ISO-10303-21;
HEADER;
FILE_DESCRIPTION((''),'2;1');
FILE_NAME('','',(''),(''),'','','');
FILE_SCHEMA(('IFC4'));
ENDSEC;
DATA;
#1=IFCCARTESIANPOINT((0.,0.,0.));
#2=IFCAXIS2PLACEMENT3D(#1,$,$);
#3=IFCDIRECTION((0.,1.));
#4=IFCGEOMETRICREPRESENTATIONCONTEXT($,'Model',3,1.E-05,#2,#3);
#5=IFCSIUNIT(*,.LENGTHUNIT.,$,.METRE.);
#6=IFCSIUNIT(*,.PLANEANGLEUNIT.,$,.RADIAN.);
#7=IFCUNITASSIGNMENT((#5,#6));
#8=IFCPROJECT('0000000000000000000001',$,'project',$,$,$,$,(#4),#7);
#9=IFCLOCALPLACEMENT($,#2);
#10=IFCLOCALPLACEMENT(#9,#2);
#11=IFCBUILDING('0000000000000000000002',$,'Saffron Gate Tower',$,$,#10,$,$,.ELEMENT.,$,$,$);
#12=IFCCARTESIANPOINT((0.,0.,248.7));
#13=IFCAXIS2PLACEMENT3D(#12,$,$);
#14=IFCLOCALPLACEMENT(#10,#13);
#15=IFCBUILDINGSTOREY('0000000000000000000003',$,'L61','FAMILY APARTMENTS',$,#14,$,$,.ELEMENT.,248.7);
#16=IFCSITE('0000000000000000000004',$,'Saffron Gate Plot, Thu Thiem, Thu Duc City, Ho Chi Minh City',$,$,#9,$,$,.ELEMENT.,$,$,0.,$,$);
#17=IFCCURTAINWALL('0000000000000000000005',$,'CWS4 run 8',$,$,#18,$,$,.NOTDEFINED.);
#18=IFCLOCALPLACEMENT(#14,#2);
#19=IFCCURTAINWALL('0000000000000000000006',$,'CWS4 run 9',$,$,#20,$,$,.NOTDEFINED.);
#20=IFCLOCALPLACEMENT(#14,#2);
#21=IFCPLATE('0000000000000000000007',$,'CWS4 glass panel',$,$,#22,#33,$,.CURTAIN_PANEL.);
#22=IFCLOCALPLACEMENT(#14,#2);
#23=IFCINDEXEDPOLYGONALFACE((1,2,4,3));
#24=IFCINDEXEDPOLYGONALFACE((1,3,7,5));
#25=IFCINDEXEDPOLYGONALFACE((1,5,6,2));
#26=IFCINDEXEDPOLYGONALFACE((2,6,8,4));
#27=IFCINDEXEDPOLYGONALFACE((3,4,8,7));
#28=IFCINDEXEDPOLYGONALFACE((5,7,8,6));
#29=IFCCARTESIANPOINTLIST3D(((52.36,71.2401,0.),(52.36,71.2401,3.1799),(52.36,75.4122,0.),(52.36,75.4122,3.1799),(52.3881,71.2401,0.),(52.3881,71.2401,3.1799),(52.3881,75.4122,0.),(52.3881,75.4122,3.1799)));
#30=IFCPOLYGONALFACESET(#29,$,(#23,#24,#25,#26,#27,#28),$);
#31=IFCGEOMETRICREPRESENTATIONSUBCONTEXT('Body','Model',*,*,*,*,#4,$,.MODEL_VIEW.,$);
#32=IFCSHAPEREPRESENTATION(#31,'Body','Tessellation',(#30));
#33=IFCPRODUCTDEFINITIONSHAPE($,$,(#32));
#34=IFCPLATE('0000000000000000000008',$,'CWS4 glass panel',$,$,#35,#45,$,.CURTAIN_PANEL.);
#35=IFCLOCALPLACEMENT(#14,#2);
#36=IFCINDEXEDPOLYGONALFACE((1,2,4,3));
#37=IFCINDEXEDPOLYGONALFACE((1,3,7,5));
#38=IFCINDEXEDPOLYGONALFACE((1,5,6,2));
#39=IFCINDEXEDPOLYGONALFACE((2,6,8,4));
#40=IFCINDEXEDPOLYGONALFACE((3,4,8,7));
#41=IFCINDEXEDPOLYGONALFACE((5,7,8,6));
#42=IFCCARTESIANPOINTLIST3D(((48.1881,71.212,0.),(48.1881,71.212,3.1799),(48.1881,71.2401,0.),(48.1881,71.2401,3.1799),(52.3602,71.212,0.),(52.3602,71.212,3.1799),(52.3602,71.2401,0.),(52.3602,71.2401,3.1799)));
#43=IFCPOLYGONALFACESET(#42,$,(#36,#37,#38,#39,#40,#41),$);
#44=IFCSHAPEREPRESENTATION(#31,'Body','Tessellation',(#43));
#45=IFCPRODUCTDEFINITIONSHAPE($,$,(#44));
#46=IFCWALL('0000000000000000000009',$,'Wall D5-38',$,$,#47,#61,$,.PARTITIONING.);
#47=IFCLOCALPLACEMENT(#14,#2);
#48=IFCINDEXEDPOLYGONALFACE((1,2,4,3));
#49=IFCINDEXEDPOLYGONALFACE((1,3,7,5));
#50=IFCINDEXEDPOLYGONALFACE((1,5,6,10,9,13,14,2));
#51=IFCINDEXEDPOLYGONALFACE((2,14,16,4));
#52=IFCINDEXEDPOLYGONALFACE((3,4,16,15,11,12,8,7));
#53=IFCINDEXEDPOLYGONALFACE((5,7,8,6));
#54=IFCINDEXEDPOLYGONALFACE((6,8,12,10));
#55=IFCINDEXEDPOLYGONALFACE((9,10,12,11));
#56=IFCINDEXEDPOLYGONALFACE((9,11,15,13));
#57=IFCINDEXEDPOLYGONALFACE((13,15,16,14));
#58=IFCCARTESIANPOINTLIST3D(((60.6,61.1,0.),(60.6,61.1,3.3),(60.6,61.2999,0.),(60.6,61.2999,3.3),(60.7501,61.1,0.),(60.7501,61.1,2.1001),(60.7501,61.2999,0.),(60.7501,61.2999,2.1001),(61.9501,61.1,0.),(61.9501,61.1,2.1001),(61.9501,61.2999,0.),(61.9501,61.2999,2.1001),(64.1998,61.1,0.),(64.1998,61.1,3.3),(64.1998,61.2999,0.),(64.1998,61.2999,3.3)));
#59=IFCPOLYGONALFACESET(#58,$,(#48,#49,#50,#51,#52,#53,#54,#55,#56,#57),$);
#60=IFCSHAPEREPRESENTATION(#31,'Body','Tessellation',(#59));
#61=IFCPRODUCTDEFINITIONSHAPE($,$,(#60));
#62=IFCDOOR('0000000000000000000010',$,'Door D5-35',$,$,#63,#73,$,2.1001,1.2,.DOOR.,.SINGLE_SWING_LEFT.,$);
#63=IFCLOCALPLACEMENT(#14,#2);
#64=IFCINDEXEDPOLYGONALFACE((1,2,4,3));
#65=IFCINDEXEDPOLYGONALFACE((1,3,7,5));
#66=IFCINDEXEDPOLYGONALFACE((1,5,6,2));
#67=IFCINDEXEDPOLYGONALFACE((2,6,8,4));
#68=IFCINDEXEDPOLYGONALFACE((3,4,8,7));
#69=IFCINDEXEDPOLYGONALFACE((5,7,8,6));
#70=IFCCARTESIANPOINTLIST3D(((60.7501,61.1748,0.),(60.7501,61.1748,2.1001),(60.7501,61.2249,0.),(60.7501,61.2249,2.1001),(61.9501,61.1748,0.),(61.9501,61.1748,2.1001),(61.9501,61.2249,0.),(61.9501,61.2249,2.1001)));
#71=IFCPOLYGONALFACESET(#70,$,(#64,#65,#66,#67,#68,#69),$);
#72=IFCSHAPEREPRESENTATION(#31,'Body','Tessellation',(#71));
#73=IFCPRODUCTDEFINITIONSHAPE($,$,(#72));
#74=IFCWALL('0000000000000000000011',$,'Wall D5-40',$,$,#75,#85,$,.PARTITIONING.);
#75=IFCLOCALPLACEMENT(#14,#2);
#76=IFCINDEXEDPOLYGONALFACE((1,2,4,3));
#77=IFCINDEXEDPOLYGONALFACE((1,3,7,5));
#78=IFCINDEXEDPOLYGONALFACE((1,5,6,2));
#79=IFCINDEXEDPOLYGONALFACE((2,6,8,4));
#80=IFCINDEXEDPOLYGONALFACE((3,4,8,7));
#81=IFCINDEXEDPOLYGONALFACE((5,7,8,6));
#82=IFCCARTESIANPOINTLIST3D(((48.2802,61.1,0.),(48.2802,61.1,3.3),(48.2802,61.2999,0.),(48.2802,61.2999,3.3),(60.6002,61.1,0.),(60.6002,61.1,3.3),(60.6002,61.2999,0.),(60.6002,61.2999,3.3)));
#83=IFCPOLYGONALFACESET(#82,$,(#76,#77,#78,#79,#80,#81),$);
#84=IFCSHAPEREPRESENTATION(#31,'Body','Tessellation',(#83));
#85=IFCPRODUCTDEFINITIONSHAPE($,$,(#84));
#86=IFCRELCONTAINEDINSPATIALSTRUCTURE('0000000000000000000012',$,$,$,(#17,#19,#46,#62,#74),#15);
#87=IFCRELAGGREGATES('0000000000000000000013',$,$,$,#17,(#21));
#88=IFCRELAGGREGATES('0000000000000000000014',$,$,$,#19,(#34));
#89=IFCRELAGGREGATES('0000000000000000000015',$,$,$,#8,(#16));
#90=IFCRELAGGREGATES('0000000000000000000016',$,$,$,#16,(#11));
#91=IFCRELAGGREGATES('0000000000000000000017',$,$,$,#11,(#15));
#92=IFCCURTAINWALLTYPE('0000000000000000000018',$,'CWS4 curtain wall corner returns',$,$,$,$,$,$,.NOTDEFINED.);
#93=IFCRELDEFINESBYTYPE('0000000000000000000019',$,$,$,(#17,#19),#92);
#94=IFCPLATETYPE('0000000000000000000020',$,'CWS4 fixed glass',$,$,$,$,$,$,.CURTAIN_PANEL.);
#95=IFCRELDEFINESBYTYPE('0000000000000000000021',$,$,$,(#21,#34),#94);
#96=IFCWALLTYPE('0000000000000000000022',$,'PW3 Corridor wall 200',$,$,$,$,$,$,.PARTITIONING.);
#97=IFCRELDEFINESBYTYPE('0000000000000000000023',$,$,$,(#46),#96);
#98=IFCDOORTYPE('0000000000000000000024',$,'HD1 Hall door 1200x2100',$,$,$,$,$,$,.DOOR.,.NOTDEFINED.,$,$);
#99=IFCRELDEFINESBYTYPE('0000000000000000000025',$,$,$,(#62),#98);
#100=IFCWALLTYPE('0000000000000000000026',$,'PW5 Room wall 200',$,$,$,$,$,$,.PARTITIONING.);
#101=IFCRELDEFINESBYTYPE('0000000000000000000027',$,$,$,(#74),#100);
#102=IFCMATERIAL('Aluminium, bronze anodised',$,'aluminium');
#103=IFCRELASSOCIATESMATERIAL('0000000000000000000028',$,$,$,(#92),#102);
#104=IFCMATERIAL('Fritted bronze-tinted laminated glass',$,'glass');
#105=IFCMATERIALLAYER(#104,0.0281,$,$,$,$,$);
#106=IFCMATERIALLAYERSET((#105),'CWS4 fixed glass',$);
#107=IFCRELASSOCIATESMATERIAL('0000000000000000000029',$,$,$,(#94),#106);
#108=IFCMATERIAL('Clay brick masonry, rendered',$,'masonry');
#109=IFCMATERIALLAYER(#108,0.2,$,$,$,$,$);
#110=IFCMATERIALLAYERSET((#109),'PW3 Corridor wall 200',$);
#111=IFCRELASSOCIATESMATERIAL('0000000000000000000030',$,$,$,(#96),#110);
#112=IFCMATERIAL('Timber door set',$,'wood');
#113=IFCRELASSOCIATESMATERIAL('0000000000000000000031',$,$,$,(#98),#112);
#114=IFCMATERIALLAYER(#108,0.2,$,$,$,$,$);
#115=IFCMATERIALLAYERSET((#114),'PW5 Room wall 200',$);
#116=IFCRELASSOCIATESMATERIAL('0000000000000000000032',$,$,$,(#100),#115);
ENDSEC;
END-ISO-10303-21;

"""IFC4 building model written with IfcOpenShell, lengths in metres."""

from ifc_helpers import new_model, si_unit, direction, frame, frame_2d, origin, place, context, subcontext, project, spatial, rectangle, extrude, material, layer, layer_set, type_object, element, fill, aggregate, save


model = new_model("IFC4")

# Units and contexts
model_context = context("Model", 3, precision=1e-05, world=origin(), true_north=direction((0.0, 1.0)))
body_context = subcontext(model_context, "Body", "Model", "MODEL_VIEW")
ifc_project = project(units=[si_unit("LENGTHUNIT", "METRE"), si_unit("PLANEANGLEUNIT", "RADIAN")], contexts=[model_context])

# Site, building, storey
site_placement = place(None, origin())
site = spatial("IfcSite", under=ifc_project, at=site_placement, Name="Saffron Gate Plot, Thu Thiem, Thu Duc City, Ho Chi Minh City", CompositionType="ELEMENT", RefElevation=0.0)
building_placement = place(site_placement, origin())
building = spatial("IfcBuilding", under=site, at=building_placement, Name="Saffron Gate Tower", CompositionType="ELEMENT")
storey_placement = place(building_placement, frame((0.0, 0.0, 248.7)))
storey = spatial("IfcBuildingStorey", under=building, at=storey_placement, Name="L61", Description="FAMILY APARTMENTS", CompositionType="ELEMENT", Elevation=248.7)

# Shared definitions
ifc_material_1 = material(Name="Aluminium, bronze anodised", Category="aluminium")

# Curtain walls
curtain_wall_type_1 = type_object("IfcCurtainWallType", Name="CWS4 curtain wall corner returns", PredefinedType="NOTDEFINED", material=ifc_material_1)
curtain_wall_1_placement = place(storey_placement, origin())
curtain_wall_1 = element("IfcCurtainWall", 1, at=curtain_wall_1_placement, inside=storey, type_object=curtain_wall_type_1, Name="CWS4 run 8", PredefinedType="NOTDEFINED")
curtain_wall_2_placement = place(storey_placement, origin())
curtain_wall_2 = element("IfcCurtainWall", 2, at=curtain_wall_2_placement, inside=storey, type_object=curtain_wall_type_1, Name="CWS4 run 9", PredefinedType="NOTDEFINED")

# Shared definitions
ifc_material_2 = material(Name="Fritted bronze-tinted laminated glass", Category="glass")

# Plates
ifc_layer_1 = layer(ifc_material_2, 0.0281)
ifc_layer_set_1 = layer_set([ifc_layer_1], Name="CWS4 fixed glass")
plate_type_1 = type_object("IfcPlateType", Name="CWS4 fixed glass", PredefinedType="CURTAIN_PANEL", material=ifc_layer_set_1)
plate_1_placement = place(storey_placement, frame((52.374, 75.4121, 0.0), z_axis=(0.0, 0.0, 1.0), x_axis=(0.0, -1.0, 0.0)))
plate_1 = element("IfcPlate", 3, at=plate_1_placement, type_object=plate_type_1, Name="CWS4 glass panel", PredefinedType="CURTAIN_PANEL", context=body_context, shape_type="SweptSolid", body=[
    extrude(rectangle(XDim=4.1721, YDim=0.0281, at=frame_2d((2.0859, 0.0))), origin(), (0.0, 0.0, 1.0), 3.1799),
])
aggregate(curtain_wall_1, [plate_1])
plate_2_placement = place(storey_placement, frame((52.3601, 71.2261, 0.0), z_axis=(0.0, 0.0, 1.0), x_axis=(-1.0, 0.0, 0.0)))
plate_2 = element("IfcPlate", 4, at=plate_2_placement, type_object=plate_type_1, Name="CWS4 glass panel", PredefinedType="CURTAIN_PANEL", context=body_context, shape_type="SweptSolid", body=[
    extrude(rectangle(XDim=4.1721, YDim=0.0281, at=frame_2d((2.0859, 0.0))), origin(), (0.0, 0.0, 1.0), 3.1799),
])
aggregate(curtain_wall_2, [plate_2])

# Wall, opening, door
ifc_material_3 = material(Name="Clay brick masonry, rendered", Category="masonry")
ifc_layer_2 = layer(ifc_material_3, 0.2)
ifc_layer_set_2 = layer_set([ifc_layer_2], Name="PW3 Corridor wall 200")
wall_type_1 = type_object("IfcWallType", Name="PW3 Corridor wall 200", PredefinedType="PARTITIONING", material=ifc_layer_set_2)
wall_1_placement = place(storey_placement, frame((60.6001, 61.2, 0.0), z_axis=(0.0, 0.0, 1.0), x_axis=(1.0, 0.0, 0.0)))
wall_1 = element("IfcWall", 5, at=wall_1_placement, inside=storey, type_object=wall_type_1, Name="Wall D5-38", PredefinedType="PARTITIONING", context=body_context, shape_type="SweptSolid", body=[
    extrude(rectangle(XDim=3.5999, YDim=0.2, at=frame_2d((1.7998, 0.0))), origin(), (0.0, 0.0, 1.0), 3.3),
])
opening_1_placement = place(wall_1_placement, frame((0.1499, 0.0, 0.0)))
opening_1 = element("IfcOpeningElement", 6, at=opening_1_placement, cuts=wall_1, PredefinedType="OPENING", context=body_context, shape_type="SweptSolid", body=[
    extrude(rectangle(XDim=1.2, YDim=2.1001, at=frame_2d((0.6001, 1.05))), frame((0.0, 0.1099, 0.0), z_axis=(0.0, -1.0, 0.0), x_axis=(1.0, 0.0, 0.0)), (0.0, 0.0, 1.0), 0.22),
])
ifc_material_4 = material(Name="Timber door set", Category="wood")
door_type = type_object("IfcDoorType", Name="HD1 Hall door 1200x2100", OperationType="NOTDEFINED", PredefinedType="DOOR", material=ifc_material_4)
door_placement = place(opening_1_placement, origin())
door = element("IfcDoor", 7, at=door_placement, inside=storey, type_object=door_type, Name="Door D5-35", OperationType="SINGLE_SWING_LEFT", OverallHeight=2.1001, OverallWidth=1.2, PredefinedType="DOOR", context=body_context, shape_type="SweptSolid", body=[
    extrude(rectangle(XDim=1.2, YDim=2.1001, at=frame_2d((0.6001, 1.05))), frame((0.0, 0.0249, 0.0), z_axis=(0.0, -1.0, 0.0), x_axis=(1.0, 0.0, 0.0)), (0.0, 0.0, 1.0), 0.05),
])
fill(opening_1, door)

# Wall
ifc_layer_3 = layer(ifc_material_3, 0.2)
ifc_layer_set_3 = layer_set([ifc_layer_3], Name="PW5 Room wall 200")
wall_type_2 = type_object("IfcWallType", Name="PW5 Room wall 200", PredefinedType="PARTITIONING", material=ifc_layer_set_3)
wall_2_placement = place(storey_placement, frame((48.28, 61.2, 0.0), z_axis=(0.0, 0.0, 1.0), x_axis=(1.0, 0.0, 0.0)))
element("IfcWall", 8, at=wall_2_placement, inside=storey, type_object=wall_type_2, Name="Wall D5-40", PredefinedType="PARTITIONING", context=body_context, shape_type="SweptSolid", body=[
    extrude(rectangle(XDim=12.3201, YDim=0.2, at=frame_2d((6.1602, 0.0))), origin(), (0.0, 0.0, 1.0), 3.3),
])

save(model, "model.ifc")
